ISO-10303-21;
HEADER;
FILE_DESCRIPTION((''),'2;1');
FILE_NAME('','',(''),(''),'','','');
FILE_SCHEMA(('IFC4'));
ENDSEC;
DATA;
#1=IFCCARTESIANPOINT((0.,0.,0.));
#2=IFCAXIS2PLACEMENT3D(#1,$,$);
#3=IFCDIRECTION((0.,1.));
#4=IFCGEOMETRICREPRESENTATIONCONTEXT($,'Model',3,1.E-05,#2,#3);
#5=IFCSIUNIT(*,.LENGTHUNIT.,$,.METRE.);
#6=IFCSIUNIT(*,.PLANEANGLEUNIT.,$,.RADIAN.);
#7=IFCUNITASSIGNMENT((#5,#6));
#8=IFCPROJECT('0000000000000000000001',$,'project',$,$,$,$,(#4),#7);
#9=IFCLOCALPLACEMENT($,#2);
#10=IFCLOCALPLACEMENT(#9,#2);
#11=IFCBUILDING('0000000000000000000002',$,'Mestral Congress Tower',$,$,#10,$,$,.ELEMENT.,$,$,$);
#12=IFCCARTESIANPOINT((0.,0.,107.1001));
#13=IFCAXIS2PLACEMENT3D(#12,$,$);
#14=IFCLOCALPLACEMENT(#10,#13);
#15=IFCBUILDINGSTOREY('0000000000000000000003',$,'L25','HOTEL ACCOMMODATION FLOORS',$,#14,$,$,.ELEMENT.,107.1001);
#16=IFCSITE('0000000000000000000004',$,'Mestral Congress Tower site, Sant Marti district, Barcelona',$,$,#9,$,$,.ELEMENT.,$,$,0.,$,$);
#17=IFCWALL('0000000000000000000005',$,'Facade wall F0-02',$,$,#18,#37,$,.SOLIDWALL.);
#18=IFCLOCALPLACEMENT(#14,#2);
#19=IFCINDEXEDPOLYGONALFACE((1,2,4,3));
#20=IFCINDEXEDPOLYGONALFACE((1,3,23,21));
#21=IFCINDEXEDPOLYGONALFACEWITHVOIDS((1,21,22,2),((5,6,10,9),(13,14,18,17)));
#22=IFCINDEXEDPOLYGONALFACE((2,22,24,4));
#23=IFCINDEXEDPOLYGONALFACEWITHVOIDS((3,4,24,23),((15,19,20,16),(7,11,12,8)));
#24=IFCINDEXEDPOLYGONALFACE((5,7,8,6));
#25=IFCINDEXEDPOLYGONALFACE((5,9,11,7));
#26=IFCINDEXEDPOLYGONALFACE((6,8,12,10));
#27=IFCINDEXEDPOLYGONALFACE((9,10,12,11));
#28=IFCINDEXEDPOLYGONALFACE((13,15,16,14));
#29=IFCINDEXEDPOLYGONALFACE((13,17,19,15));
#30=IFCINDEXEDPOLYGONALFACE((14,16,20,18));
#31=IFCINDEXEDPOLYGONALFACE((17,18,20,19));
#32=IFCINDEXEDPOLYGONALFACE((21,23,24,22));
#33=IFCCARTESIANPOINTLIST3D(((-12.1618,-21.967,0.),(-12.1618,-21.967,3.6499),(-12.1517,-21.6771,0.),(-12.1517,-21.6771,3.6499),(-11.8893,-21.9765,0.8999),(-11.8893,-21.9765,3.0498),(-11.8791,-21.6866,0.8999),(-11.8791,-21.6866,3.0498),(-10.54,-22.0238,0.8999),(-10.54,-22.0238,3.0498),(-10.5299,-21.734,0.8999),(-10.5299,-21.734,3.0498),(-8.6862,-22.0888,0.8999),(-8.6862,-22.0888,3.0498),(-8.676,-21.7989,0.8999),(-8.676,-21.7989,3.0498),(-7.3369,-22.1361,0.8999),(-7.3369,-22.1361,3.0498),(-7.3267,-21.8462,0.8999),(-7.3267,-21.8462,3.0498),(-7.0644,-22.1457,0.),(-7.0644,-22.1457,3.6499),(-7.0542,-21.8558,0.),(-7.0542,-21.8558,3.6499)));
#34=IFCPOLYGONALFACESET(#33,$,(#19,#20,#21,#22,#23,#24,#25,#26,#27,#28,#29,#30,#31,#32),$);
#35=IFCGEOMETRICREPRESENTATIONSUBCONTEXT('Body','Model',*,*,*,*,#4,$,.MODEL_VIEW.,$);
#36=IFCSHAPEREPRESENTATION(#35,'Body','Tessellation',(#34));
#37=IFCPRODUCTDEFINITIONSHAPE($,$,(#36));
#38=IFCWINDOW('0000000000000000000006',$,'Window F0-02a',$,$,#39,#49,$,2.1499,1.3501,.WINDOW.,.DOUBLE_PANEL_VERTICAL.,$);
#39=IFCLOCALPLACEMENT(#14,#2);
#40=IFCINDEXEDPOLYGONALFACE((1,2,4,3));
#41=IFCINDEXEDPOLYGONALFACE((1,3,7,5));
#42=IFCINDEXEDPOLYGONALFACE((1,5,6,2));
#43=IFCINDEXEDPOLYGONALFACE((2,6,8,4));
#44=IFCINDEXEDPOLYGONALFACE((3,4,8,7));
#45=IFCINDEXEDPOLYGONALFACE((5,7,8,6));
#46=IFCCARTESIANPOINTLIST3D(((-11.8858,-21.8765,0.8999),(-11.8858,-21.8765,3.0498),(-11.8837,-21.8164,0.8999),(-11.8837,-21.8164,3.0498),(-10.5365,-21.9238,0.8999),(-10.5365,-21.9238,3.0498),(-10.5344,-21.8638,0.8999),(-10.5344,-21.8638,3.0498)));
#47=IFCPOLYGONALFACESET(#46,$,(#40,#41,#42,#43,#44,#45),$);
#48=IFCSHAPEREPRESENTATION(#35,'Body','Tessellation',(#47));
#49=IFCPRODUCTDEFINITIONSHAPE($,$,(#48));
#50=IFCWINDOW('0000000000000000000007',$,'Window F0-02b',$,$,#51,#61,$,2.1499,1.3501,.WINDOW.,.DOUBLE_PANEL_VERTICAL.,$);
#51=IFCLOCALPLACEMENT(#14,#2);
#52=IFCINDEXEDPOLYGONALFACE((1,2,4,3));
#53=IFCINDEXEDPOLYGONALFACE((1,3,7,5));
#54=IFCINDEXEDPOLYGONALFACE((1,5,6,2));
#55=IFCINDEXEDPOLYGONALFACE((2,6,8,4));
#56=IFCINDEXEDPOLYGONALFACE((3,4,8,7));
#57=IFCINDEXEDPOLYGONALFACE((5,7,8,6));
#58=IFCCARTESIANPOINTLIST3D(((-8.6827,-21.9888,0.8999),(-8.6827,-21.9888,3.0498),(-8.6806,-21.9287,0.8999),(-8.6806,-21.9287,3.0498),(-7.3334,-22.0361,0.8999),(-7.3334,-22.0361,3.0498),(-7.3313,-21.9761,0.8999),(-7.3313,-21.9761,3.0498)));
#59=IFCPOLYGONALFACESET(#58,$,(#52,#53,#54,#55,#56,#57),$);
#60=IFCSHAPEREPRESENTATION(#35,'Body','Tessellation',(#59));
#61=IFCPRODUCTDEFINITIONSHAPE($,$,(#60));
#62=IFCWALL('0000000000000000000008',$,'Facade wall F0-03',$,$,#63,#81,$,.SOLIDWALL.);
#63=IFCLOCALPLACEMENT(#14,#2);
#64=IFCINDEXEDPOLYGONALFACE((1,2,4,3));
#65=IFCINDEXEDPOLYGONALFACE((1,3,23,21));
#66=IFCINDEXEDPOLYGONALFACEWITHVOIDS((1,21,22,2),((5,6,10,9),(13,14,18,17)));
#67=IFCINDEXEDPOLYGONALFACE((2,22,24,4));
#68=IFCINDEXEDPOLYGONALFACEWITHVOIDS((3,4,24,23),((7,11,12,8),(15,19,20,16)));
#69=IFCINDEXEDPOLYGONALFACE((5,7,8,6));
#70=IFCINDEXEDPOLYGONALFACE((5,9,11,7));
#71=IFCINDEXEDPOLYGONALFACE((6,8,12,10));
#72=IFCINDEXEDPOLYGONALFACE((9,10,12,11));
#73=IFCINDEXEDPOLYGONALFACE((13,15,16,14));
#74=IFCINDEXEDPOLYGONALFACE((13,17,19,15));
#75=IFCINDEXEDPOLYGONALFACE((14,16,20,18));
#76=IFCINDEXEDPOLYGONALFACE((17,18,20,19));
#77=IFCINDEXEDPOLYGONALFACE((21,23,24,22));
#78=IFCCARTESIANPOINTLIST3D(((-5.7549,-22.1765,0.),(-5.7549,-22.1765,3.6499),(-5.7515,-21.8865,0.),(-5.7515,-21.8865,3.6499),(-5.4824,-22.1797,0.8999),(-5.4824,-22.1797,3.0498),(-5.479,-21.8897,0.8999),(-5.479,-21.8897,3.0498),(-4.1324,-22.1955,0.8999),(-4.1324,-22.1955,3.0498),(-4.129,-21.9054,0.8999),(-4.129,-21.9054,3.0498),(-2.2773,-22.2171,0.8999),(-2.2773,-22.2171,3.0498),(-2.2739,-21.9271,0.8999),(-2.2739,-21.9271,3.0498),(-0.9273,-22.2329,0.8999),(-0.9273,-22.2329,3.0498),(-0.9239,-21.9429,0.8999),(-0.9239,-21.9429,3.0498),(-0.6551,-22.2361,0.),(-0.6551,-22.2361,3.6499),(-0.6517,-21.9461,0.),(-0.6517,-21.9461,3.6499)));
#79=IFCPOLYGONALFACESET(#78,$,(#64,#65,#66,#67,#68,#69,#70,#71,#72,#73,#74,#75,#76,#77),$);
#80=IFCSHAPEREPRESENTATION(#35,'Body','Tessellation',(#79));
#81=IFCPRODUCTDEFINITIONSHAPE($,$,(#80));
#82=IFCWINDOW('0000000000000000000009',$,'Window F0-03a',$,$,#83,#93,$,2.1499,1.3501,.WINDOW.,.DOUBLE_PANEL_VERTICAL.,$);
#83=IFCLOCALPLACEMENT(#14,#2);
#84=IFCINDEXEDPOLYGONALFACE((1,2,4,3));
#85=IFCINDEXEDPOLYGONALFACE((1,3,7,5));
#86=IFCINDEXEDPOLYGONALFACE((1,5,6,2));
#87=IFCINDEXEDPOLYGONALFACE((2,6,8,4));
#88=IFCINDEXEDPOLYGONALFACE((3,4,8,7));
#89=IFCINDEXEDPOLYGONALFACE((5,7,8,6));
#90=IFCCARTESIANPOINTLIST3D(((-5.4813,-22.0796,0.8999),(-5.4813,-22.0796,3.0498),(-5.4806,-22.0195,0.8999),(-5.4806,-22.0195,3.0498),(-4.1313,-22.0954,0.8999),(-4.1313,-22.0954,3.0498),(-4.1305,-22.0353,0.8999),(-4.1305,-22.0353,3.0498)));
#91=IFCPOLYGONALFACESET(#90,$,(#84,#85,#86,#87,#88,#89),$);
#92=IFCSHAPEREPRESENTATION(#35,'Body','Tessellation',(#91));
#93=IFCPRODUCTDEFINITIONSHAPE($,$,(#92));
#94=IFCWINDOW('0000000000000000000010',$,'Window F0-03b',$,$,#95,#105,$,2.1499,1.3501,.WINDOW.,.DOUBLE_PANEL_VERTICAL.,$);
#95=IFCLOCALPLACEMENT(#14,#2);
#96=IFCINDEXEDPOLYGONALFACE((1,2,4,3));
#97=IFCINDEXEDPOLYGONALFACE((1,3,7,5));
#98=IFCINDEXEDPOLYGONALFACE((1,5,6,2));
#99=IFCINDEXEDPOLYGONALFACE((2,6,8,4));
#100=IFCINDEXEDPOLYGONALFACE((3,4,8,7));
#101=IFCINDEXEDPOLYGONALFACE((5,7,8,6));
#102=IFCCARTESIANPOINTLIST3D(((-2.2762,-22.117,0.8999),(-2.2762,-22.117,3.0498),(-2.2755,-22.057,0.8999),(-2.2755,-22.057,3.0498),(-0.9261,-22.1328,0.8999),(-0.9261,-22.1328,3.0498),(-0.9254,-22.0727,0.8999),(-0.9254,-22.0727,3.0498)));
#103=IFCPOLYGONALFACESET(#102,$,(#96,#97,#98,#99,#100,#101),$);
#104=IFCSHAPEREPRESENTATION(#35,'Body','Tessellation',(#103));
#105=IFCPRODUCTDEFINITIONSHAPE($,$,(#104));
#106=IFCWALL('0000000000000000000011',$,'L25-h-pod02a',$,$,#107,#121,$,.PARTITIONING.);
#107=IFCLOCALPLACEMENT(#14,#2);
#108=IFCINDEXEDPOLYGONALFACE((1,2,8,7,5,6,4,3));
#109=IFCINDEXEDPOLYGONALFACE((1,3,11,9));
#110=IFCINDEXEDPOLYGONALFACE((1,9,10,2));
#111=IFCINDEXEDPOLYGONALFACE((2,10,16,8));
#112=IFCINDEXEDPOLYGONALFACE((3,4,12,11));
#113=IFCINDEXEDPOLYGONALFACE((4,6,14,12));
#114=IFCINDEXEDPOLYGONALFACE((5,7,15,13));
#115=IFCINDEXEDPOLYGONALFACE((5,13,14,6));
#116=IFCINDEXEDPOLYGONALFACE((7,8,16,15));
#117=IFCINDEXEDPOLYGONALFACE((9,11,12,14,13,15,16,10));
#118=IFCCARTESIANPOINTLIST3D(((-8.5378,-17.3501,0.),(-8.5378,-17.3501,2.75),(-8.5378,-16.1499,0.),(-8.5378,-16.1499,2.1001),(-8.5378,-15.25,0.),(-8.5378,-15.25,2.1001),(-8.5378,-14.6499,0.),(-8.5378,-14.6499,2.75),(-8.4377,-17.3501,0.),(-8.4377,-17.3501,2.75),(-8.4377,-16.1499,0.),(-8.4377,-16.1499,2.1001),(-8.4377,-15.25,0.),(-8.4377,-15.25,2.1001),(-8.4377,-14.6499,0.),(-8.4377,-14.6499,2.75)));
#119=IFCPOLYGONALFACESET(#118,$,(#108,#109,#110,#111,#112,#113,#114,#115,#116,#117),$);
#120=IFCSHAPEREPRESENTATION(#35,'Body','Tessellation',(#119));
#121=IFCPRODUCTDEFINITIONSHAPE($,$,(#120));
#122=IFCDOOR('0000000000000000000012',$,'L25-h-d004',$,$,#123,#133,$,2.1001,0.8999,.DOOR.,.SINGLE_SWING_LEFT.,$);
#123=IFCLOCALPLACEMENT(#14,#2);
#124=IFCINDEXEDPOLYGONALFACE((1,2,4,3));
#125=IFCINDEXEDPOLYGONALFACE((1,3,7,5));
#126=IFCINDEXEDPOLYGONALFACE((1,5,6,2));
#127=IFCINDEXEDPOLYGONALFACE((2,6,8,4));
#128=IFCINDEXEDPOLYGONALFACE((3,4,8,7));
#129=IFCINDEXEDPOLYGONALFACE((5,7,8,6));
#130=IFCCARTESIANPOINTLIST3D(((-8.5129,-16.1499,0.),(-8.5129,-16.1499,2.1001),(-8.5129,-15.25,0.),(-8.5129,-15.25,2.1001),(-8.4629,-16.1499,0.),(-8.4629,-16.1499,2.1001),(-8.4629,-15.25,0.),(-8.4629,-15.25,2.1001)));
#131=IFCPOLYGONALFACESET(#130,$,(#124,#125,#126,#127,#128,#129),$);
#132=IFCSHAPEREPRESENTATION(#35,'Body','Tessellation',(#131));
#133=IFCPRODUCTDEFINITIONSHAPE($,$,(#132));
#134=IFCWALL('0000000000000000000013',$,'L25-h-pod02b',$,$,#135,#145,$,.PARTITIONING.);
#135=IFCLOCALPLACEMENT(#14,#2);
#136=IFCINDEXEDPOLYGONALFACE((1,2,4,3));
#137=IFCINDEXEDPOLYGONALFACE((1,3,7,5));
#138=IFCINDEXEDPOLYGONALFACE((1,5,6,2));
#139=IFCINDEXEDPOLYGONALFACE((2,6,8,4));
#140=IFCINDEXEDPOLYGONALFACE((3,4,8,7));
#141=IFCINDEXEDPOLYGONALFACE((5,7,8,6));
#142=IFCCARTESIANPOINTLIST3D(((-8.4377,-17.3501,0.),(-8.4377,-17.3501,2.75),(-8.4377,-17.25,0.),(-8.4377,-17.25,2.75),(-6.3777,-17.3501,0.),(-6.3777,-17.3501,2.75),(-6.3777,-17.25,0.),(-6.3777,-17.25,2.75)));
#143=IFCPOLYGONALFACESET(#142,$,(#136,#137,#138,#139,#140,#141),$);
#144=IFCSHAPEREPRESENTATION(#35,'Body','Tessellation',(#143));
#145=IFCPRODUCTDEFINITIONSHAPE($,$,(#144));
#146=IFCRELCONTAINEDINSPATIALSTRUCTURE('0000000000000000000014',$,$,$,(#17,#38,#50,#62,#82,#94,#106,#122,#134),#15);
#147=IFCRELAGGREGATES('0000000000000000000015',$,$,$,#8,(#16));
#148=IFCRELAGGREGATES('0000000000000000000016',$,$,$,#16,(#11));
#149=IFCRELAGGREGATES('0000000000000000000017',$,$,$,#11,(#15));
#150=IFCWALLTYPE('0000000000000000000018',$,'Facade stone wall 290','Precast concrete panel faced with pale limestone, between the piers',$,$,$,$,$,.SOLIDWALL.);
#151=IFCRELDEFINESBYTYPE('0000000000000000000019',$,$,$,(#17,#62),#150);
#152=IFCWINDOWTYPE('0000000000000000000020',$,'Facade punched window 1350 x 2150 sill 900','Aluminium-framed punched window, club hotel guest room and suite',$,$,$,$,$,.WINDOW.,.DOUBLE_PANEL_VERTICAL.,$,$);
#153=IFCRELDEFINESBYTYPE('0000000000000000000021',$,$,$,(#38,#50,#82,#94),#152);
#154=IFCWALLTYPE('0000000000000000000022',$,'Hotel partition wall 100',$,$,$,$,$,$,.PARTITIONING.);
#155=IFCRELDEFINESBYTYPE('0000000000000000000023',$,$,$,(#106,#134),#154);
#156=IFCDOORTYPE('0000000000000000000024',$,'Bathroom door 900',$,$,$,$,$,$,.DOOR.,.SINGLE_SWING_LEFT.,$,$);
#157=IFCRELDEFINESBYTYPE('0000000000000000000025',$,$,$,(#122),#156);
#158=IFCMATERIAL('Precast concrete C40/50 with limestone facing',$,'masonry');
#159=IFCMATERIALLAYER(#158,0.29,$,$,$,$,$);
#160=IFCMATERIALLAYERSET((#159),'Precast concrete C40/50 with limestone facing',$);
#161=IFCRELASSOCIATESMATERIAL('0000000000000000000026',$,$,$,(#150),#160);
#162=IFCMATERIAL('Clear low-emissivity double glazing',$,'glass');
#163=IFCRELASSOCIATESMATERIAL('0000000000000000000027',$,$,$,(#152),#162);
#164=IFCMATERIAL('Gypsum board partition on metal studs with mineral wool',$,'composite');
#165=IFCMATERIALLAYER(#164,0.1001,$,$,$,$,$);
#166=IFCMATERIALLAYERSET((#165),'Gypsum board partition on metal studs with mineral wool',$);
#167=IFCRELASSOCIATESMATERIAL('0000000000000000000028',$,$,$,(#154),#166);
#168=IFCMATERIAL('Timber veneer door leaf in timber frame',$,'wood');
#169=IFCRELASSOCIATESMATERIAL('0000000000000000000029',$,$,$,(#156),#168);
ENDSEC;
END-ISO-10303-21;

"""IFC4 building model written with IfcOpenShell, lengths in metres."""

from ifc_helpers import new_model, si_unit, direction, frame, frame_2d, origin, place, context, subcontext, project, spatial, rectangle, extrude, material, layer, layer_set, type_object, element, fill, save


model = new_model("IFC4")

# Units and contexts
model_context = context("Model", 3, precision=1e-05, world=origin(), true_north=direction((0.0, 1.0)))
body_context = subcontext(model_context, "Body", "Model", "MODEL_VIEW")
ifc_project = project(units=[si_unit("LENGTHUNIT", "METRE"), si_unit("PLANEANGLEUNIT", "RADIAN")], contexts=[model_context])

# Site, building, storey
site_placement = place(None, origin())
site = spatial("IfcSite", under=ifc_project, at=site_placement, Name="Mestral Congress Tower site, Sant Marti district, Barcelona", CompositionType="ELEMENT", RefElevation=0.0)
building_placement = place(site_placement, origin())
building = spatial("IfcBuilding", under=site, at=building_placement, Name="Mestral Congress Tower", CompositionType="ELEMENT")
storey_placement = place(building_placement, frame((0.0, 0.0, 107.1001)))
storey = spatial("IfcBuildingStorey", under=building, at=storey_placement, Name="L25", Description="HOTEL ACCOMMODATION FLOORS", CompositionType="ELEMENT", Elevation=107.1001)

# Walls, openings, windows
ifc_material_1 = material(Name="Precast concrete C40/50 with limestone facing", Category="masonry")
ifc_layer_1 = layer(ifc_material_1, 0.29)
ifc_layer_set_1 = layer_set([ifc_layer_1], Name="Precast concrete C40/50 with limestone facing")
wall_type_1 = type_object("IfcWallType", Name="Facade stone wall 290", Description="Precast concrete panel faced with pale limestone, between the piers", PredefinedType="SOLIDWALL", material=ifc_layer_set_1)
wall_1_placement = place(storey_placement, frame((-12.1567, -21.822, 0.0), z_axis=(0.0, 0.0, 1.0), x_axis=(0.999386, -0.035038, 0.0)))
wall_1 = element("IfcWall", 1, at=wall_1_placement, inside=storey, type_object=wall_type_1, Name="Facade wall F0-02", PredefinedType="SOLIDWALL", context=body_context, shape_type="SweptSolid", body=[
    extrude(rectangle(XDim=5.1006, YDim=0.29, at=frame_2d((2.5503, 0.0))), origin(), (0.0, 0.0, 1.0), 3.6499),
])
opening_1_placement = place(wall_1_placement, frame((0.2727, 0.0, 0.8999)))
opening_1 = element("IfcOpeningElement", 2, at=opening_1_placement, cuts=wall_1, PredefinedType="OPENING", context=body_context, shape_type="SweptSolid", body=[
    extrude(rectangle(XDim=1.3501, YDim=2.1499, at=frame_2d((0.675, 1.075))), frame((0.0, 0.155, 0.0), z_axis=(0.0, -1.0, 0.0), x_axis=(1.0, 0.0, 0.0)), (0.0, 0.0, 1.0), 0.3101),
])
opening_2_placement = place(wall_1_placement, frame((3.4778, 0.0, 0.8999)))
opening_2 = element("IfcOpeningElement", 3, at=opening_2_placement, cuts=wall_1, PredefinedType="OPENING", context=body_context, shape_type="SweptSolid", body=[
    extrude(rectangle(XDim=1.3501, YDim=2.1499, at=frame_2d((0.675, 1.075))), frame((0.0, 0.155, 0.0), z_axis=(0.0, -1.0, 0.0), x_axis=(1.0, 0.0, 0.0)), (0.0, 0.0, 1.0), 0.3101),
])
ifc_material_2 = material(Name="Clear low-emissivity double glazing", Category="glass")
window_type = type_object("IfcWindowType", Name="Facade punched window 1350 x 2150 sill 900", Description="Aluminium-framed punched window, club hotel guest room and suite", PartitioningType="DOUBLE_PANEL_VERTICAL", PredefinedType="WINDOW", material=ifc_material_2)
window_1_placement = place(opening_1_placement, origin())
window_1 = element("IfcWindow", 4, at=window_1_placement, inside=storey, type_object=window_type, Name="Window F0-02a", OverallHeight=2.1499, OverallWidth=1.3501, PartitioningType="DOUBLE_PANEL_VERTICAL", PredefinedType="WINDOW", context=body_context, shape_type="SweptSolid", body=[
    extrude(rectangle(XDim=1.3501, YDim=2.1499, at=frame_2d((0.675, 1.075))), frame((0.0, 0.0151, 0.0), z_axis=(0.0, -1.0, 0.0), x_axis=(1.0, 0.0, 0.0)), (0.0, 0.0, 1.0), 0.0601),
])
fill(opening_1, window_1)
window_2_placement = place(opening_2_placement, origin())
window_2 = element("IfcWindow", 5, at=window_2_placement, inside=storey, type_object=window_type, Name="Window F0-02b", OverallHeight=2.1499, OverallWidth=1.3501, PartitioningType="DOUBLE_PANEL_VERTICAL", PredefinedType="WINDOW", context=body_context, shape_type="SweptSolid", body=[
    extrude(rectangle(XDim=1.3501, YDim=2.1499, at=frame_2d((0.675, 1.075))), frame((0.0, 0.0151, 0.0), z_axis=(0.0, -1.0, 0.0), x_axis=(1.0, 0.0, 0.0)), (0.0, 0.0, 1.0), 0.0601),
])
fill(opening_2, window_2)
wall_2_placement = place(storey_placement, frame((-5.7532, -22.0315, 0.0), z_axis=(0.0, 0.0, 1.0), x_axis=(0.999932, -0.01168, 0.0)))
wall_2 = element("IfcWall", 6, at=wall_2_placement, inside=storey, type_object=wall_type_1, Name="Facade wall F0-03", PredefinedType="SOLIDWALL", context=body_context, shape_type="SweptSolid", body=[
    extrude(rectangle(XDim=5.1001, YDim=0.29, at=frame_2d((2.55, 0.0))), origin(), (0.0, 0.0, 1.0), 3.6499),
])
opening_3_placement = place(wall_2_placement, frame((0.2725, 0.0, 0.8999)))
opening_3 = element("IfcOpeningElement", 7, at=opening_3_placement, cuts=wall_2, PredefinedType="OPENING", context=body_context, shape_type="SweptSolid", body=[
    extrude(rectangle(XDim=1.3501, YDim=2.1499, at=frame_2d((0.675, 1.075))), frame((0.0, 0.155, 0.0), z_axis=(0.0, -1.0, 0.0), x_axis=(1.0, 0.0, 0.0)), (0.0, 0.0, 1.0), 0.3101),
])
opening_4_placement = place(wall_2_placement, frame((3.4778, 0.0, 0.8999)))
opening_4 = element("IfcOpeningElement", 8, at=opening_4_placement, cuts=wall_2, PredefinedType="OPENING", context=body_context, shape_type="SweptSolid", body=[
    extrude(rectangle(XDim=1.3501, YDim=2.1499, at=frame_2d((0.675, 1.075))), frame((0.0, 0.155, 0.0), z_axis=(0.0, -1.0, 0.0), x_axis=(1.0, 0.0, 0.0)), (0.0, 0.0, 1.0), 0.3101),
])
window_3_placement = place(opening_3_placement, origin())
window_3 = element("IfcWindow", 9, at=window_3_placement, inside=storey, type_object=window_type, Name="Window F0-03a", OverallHeight=2.1499, OverallWidth=1.3501, PartitioningType="DOUBLE_PANEL_VERTICAL", PredefinedType="WINDOW", context=body_context, shape_type="SweptSolid", body=[
    extrude(rectangle(XDim=1.3501, YDim=2.1499, at=frame_2d((0.675, 1.075))), frame((0.0, 0.0151, 0.0), z_axis=(0.0, -1.0, 0.0), x_axis=(1.0, 0.0, 0.0)), (0.0, 0.0, 1.0), 0.0601),
])
fill(opening_3, window_3)
window_4_placement = place(opening_4_placement, origin())
window_4 = element("IfcWindow", 10, at=window_4_placement, inside=storey, type_object=window_type, Name="Window F0-03b", OverallHeight=2.1499, OverallWidth=1.3501, PartitioningType="DOUBLE_PANEL_VERTICAL", PredefinedType="WINDOW", context=body_context, shape_type="SweptSolid", body=[
    extrude(rectangle(XDim=1.3501, YDim=2.1499, at=frame_2d((0.675, 1.075))), frame((0.0, 0.0151, 0.0), z_axis=(0.0, -1.0, 0.0), x_axis=(1.0, 0.0, 0.0)), (0.0, 0.0, 1.0), 0.0601),
])
fill(opening_4, window_4)

# Wall, opening, door
ifc_material_3 = material(Name="Gypsum board partition on metal studs with mineral wool", Category="composite")
ifc_layer_2 = layer(ifc_material_3, 0.1001)
ifc_layer_set_2 = layer_set([ifc_layer_2], Name="Gypsum board partition on metal studs with mineral wool")
wall_type_2 = type_object("IfcWallType", Name="Hotel partition wall 100", PredefinedType="PARTITIONING", material=ifc_layer_set_2)
wall_3_placement = place(storey_placement, frame((-8.4878, -14.6499, 0.0), z_axis=(0.0, 0.0, 1.0), x_axis=(0.0, -1.0, 0.0)))
wall_3 = element("IfcWall", 11, at=wall_3_placement, inside=storey, type_object=wall_type_2, Name="L25-h-pod02a", PredefinedType="PARTITIONING", context=body_context, shape_type="SweptSolid", body=[
    extrude(rectangle(XDim=2.7002, YDim=0.1001, at=frame_2d((1.3501, 0.0))), origin(), (0.0, 0.0, 1.0), 2.75),
])
opening_5_placement = place(wall_3_placement, frame((0.6001, 0.0, 0.0)))
opening_5 = element("IfcOpeningElement", 12, at=opening_5_placement, cuts=wall_3, PredefinedType="OPENING", context=body_context, shape_type="SweptSolid", body=[
    extrude(rectangle(XDim=0.8999, YDim=2.1001, at=frame_2d((0.45, 1.05))), frame((0.0, 0.0601, 0.0), z_axis=(0.0, -1.0, 0.0), x_axis=(1.0, 0.0, 0.0)), (0.0, 0.0, 1.0), 0.1201),
])
ifc_material_4 = material(Name="Timber veneer door leaf in timber frame", Category="wood")
door_type = type_object("IfcDoorType", Name="Bathroom door 900", OperationType="SINGLE_SWING_LEFT", PredefinedType="DOOR", material=ifc_material_4)
door_1_placement = place(opening_5_placement, origin())
door_1 = element("IfcDoor", 13, at=door_1_placement, inside=storey, type_object=door_type, Name="L25-h-d004", OperationType="SINGLE_SWING_LEFT", OverallHeight=2.1001, OverallWidth=0.8999, PredefinedType="DOOR", context=body_context, shape_type="SweptSolid", body=[
    extrude(rectangle(XDim=0.8999, YDim=2.1001, at=frame_2d((0.45, 1.05))), frame((0.0, 0.0249, 0.0), z_axis=(0.0, -1.0, 0.0), x_axis=(1.0, 0.0, 0.0)), (0.0, 0.0, 1.0), 0.05),
])
fill(opening_5, door_1)

# Wall
wall_4_placement = place(storey_placement, frame((-8.4377, -17.3, 0.0), z_axis=(0.0, 0.0, 1.0), x_axis=(1.0, 0.0, 0.0)))
element("IfcWall", 14, at=wall_4_placement, inside=storey, type_object=wall_type_2, Name="L25-h-pod02b", PredefinedType="PARTITIONING", context=body_context, shape_type="SweptSolid", body=[
    extrude(rectangle(XDim=2.0601, YDim=0.1001, at=frame_2d((1.03, 0.0))), origin(), (0.0, 0.0, 1.0), 2.75),
])

save(model, "model.ifc")
